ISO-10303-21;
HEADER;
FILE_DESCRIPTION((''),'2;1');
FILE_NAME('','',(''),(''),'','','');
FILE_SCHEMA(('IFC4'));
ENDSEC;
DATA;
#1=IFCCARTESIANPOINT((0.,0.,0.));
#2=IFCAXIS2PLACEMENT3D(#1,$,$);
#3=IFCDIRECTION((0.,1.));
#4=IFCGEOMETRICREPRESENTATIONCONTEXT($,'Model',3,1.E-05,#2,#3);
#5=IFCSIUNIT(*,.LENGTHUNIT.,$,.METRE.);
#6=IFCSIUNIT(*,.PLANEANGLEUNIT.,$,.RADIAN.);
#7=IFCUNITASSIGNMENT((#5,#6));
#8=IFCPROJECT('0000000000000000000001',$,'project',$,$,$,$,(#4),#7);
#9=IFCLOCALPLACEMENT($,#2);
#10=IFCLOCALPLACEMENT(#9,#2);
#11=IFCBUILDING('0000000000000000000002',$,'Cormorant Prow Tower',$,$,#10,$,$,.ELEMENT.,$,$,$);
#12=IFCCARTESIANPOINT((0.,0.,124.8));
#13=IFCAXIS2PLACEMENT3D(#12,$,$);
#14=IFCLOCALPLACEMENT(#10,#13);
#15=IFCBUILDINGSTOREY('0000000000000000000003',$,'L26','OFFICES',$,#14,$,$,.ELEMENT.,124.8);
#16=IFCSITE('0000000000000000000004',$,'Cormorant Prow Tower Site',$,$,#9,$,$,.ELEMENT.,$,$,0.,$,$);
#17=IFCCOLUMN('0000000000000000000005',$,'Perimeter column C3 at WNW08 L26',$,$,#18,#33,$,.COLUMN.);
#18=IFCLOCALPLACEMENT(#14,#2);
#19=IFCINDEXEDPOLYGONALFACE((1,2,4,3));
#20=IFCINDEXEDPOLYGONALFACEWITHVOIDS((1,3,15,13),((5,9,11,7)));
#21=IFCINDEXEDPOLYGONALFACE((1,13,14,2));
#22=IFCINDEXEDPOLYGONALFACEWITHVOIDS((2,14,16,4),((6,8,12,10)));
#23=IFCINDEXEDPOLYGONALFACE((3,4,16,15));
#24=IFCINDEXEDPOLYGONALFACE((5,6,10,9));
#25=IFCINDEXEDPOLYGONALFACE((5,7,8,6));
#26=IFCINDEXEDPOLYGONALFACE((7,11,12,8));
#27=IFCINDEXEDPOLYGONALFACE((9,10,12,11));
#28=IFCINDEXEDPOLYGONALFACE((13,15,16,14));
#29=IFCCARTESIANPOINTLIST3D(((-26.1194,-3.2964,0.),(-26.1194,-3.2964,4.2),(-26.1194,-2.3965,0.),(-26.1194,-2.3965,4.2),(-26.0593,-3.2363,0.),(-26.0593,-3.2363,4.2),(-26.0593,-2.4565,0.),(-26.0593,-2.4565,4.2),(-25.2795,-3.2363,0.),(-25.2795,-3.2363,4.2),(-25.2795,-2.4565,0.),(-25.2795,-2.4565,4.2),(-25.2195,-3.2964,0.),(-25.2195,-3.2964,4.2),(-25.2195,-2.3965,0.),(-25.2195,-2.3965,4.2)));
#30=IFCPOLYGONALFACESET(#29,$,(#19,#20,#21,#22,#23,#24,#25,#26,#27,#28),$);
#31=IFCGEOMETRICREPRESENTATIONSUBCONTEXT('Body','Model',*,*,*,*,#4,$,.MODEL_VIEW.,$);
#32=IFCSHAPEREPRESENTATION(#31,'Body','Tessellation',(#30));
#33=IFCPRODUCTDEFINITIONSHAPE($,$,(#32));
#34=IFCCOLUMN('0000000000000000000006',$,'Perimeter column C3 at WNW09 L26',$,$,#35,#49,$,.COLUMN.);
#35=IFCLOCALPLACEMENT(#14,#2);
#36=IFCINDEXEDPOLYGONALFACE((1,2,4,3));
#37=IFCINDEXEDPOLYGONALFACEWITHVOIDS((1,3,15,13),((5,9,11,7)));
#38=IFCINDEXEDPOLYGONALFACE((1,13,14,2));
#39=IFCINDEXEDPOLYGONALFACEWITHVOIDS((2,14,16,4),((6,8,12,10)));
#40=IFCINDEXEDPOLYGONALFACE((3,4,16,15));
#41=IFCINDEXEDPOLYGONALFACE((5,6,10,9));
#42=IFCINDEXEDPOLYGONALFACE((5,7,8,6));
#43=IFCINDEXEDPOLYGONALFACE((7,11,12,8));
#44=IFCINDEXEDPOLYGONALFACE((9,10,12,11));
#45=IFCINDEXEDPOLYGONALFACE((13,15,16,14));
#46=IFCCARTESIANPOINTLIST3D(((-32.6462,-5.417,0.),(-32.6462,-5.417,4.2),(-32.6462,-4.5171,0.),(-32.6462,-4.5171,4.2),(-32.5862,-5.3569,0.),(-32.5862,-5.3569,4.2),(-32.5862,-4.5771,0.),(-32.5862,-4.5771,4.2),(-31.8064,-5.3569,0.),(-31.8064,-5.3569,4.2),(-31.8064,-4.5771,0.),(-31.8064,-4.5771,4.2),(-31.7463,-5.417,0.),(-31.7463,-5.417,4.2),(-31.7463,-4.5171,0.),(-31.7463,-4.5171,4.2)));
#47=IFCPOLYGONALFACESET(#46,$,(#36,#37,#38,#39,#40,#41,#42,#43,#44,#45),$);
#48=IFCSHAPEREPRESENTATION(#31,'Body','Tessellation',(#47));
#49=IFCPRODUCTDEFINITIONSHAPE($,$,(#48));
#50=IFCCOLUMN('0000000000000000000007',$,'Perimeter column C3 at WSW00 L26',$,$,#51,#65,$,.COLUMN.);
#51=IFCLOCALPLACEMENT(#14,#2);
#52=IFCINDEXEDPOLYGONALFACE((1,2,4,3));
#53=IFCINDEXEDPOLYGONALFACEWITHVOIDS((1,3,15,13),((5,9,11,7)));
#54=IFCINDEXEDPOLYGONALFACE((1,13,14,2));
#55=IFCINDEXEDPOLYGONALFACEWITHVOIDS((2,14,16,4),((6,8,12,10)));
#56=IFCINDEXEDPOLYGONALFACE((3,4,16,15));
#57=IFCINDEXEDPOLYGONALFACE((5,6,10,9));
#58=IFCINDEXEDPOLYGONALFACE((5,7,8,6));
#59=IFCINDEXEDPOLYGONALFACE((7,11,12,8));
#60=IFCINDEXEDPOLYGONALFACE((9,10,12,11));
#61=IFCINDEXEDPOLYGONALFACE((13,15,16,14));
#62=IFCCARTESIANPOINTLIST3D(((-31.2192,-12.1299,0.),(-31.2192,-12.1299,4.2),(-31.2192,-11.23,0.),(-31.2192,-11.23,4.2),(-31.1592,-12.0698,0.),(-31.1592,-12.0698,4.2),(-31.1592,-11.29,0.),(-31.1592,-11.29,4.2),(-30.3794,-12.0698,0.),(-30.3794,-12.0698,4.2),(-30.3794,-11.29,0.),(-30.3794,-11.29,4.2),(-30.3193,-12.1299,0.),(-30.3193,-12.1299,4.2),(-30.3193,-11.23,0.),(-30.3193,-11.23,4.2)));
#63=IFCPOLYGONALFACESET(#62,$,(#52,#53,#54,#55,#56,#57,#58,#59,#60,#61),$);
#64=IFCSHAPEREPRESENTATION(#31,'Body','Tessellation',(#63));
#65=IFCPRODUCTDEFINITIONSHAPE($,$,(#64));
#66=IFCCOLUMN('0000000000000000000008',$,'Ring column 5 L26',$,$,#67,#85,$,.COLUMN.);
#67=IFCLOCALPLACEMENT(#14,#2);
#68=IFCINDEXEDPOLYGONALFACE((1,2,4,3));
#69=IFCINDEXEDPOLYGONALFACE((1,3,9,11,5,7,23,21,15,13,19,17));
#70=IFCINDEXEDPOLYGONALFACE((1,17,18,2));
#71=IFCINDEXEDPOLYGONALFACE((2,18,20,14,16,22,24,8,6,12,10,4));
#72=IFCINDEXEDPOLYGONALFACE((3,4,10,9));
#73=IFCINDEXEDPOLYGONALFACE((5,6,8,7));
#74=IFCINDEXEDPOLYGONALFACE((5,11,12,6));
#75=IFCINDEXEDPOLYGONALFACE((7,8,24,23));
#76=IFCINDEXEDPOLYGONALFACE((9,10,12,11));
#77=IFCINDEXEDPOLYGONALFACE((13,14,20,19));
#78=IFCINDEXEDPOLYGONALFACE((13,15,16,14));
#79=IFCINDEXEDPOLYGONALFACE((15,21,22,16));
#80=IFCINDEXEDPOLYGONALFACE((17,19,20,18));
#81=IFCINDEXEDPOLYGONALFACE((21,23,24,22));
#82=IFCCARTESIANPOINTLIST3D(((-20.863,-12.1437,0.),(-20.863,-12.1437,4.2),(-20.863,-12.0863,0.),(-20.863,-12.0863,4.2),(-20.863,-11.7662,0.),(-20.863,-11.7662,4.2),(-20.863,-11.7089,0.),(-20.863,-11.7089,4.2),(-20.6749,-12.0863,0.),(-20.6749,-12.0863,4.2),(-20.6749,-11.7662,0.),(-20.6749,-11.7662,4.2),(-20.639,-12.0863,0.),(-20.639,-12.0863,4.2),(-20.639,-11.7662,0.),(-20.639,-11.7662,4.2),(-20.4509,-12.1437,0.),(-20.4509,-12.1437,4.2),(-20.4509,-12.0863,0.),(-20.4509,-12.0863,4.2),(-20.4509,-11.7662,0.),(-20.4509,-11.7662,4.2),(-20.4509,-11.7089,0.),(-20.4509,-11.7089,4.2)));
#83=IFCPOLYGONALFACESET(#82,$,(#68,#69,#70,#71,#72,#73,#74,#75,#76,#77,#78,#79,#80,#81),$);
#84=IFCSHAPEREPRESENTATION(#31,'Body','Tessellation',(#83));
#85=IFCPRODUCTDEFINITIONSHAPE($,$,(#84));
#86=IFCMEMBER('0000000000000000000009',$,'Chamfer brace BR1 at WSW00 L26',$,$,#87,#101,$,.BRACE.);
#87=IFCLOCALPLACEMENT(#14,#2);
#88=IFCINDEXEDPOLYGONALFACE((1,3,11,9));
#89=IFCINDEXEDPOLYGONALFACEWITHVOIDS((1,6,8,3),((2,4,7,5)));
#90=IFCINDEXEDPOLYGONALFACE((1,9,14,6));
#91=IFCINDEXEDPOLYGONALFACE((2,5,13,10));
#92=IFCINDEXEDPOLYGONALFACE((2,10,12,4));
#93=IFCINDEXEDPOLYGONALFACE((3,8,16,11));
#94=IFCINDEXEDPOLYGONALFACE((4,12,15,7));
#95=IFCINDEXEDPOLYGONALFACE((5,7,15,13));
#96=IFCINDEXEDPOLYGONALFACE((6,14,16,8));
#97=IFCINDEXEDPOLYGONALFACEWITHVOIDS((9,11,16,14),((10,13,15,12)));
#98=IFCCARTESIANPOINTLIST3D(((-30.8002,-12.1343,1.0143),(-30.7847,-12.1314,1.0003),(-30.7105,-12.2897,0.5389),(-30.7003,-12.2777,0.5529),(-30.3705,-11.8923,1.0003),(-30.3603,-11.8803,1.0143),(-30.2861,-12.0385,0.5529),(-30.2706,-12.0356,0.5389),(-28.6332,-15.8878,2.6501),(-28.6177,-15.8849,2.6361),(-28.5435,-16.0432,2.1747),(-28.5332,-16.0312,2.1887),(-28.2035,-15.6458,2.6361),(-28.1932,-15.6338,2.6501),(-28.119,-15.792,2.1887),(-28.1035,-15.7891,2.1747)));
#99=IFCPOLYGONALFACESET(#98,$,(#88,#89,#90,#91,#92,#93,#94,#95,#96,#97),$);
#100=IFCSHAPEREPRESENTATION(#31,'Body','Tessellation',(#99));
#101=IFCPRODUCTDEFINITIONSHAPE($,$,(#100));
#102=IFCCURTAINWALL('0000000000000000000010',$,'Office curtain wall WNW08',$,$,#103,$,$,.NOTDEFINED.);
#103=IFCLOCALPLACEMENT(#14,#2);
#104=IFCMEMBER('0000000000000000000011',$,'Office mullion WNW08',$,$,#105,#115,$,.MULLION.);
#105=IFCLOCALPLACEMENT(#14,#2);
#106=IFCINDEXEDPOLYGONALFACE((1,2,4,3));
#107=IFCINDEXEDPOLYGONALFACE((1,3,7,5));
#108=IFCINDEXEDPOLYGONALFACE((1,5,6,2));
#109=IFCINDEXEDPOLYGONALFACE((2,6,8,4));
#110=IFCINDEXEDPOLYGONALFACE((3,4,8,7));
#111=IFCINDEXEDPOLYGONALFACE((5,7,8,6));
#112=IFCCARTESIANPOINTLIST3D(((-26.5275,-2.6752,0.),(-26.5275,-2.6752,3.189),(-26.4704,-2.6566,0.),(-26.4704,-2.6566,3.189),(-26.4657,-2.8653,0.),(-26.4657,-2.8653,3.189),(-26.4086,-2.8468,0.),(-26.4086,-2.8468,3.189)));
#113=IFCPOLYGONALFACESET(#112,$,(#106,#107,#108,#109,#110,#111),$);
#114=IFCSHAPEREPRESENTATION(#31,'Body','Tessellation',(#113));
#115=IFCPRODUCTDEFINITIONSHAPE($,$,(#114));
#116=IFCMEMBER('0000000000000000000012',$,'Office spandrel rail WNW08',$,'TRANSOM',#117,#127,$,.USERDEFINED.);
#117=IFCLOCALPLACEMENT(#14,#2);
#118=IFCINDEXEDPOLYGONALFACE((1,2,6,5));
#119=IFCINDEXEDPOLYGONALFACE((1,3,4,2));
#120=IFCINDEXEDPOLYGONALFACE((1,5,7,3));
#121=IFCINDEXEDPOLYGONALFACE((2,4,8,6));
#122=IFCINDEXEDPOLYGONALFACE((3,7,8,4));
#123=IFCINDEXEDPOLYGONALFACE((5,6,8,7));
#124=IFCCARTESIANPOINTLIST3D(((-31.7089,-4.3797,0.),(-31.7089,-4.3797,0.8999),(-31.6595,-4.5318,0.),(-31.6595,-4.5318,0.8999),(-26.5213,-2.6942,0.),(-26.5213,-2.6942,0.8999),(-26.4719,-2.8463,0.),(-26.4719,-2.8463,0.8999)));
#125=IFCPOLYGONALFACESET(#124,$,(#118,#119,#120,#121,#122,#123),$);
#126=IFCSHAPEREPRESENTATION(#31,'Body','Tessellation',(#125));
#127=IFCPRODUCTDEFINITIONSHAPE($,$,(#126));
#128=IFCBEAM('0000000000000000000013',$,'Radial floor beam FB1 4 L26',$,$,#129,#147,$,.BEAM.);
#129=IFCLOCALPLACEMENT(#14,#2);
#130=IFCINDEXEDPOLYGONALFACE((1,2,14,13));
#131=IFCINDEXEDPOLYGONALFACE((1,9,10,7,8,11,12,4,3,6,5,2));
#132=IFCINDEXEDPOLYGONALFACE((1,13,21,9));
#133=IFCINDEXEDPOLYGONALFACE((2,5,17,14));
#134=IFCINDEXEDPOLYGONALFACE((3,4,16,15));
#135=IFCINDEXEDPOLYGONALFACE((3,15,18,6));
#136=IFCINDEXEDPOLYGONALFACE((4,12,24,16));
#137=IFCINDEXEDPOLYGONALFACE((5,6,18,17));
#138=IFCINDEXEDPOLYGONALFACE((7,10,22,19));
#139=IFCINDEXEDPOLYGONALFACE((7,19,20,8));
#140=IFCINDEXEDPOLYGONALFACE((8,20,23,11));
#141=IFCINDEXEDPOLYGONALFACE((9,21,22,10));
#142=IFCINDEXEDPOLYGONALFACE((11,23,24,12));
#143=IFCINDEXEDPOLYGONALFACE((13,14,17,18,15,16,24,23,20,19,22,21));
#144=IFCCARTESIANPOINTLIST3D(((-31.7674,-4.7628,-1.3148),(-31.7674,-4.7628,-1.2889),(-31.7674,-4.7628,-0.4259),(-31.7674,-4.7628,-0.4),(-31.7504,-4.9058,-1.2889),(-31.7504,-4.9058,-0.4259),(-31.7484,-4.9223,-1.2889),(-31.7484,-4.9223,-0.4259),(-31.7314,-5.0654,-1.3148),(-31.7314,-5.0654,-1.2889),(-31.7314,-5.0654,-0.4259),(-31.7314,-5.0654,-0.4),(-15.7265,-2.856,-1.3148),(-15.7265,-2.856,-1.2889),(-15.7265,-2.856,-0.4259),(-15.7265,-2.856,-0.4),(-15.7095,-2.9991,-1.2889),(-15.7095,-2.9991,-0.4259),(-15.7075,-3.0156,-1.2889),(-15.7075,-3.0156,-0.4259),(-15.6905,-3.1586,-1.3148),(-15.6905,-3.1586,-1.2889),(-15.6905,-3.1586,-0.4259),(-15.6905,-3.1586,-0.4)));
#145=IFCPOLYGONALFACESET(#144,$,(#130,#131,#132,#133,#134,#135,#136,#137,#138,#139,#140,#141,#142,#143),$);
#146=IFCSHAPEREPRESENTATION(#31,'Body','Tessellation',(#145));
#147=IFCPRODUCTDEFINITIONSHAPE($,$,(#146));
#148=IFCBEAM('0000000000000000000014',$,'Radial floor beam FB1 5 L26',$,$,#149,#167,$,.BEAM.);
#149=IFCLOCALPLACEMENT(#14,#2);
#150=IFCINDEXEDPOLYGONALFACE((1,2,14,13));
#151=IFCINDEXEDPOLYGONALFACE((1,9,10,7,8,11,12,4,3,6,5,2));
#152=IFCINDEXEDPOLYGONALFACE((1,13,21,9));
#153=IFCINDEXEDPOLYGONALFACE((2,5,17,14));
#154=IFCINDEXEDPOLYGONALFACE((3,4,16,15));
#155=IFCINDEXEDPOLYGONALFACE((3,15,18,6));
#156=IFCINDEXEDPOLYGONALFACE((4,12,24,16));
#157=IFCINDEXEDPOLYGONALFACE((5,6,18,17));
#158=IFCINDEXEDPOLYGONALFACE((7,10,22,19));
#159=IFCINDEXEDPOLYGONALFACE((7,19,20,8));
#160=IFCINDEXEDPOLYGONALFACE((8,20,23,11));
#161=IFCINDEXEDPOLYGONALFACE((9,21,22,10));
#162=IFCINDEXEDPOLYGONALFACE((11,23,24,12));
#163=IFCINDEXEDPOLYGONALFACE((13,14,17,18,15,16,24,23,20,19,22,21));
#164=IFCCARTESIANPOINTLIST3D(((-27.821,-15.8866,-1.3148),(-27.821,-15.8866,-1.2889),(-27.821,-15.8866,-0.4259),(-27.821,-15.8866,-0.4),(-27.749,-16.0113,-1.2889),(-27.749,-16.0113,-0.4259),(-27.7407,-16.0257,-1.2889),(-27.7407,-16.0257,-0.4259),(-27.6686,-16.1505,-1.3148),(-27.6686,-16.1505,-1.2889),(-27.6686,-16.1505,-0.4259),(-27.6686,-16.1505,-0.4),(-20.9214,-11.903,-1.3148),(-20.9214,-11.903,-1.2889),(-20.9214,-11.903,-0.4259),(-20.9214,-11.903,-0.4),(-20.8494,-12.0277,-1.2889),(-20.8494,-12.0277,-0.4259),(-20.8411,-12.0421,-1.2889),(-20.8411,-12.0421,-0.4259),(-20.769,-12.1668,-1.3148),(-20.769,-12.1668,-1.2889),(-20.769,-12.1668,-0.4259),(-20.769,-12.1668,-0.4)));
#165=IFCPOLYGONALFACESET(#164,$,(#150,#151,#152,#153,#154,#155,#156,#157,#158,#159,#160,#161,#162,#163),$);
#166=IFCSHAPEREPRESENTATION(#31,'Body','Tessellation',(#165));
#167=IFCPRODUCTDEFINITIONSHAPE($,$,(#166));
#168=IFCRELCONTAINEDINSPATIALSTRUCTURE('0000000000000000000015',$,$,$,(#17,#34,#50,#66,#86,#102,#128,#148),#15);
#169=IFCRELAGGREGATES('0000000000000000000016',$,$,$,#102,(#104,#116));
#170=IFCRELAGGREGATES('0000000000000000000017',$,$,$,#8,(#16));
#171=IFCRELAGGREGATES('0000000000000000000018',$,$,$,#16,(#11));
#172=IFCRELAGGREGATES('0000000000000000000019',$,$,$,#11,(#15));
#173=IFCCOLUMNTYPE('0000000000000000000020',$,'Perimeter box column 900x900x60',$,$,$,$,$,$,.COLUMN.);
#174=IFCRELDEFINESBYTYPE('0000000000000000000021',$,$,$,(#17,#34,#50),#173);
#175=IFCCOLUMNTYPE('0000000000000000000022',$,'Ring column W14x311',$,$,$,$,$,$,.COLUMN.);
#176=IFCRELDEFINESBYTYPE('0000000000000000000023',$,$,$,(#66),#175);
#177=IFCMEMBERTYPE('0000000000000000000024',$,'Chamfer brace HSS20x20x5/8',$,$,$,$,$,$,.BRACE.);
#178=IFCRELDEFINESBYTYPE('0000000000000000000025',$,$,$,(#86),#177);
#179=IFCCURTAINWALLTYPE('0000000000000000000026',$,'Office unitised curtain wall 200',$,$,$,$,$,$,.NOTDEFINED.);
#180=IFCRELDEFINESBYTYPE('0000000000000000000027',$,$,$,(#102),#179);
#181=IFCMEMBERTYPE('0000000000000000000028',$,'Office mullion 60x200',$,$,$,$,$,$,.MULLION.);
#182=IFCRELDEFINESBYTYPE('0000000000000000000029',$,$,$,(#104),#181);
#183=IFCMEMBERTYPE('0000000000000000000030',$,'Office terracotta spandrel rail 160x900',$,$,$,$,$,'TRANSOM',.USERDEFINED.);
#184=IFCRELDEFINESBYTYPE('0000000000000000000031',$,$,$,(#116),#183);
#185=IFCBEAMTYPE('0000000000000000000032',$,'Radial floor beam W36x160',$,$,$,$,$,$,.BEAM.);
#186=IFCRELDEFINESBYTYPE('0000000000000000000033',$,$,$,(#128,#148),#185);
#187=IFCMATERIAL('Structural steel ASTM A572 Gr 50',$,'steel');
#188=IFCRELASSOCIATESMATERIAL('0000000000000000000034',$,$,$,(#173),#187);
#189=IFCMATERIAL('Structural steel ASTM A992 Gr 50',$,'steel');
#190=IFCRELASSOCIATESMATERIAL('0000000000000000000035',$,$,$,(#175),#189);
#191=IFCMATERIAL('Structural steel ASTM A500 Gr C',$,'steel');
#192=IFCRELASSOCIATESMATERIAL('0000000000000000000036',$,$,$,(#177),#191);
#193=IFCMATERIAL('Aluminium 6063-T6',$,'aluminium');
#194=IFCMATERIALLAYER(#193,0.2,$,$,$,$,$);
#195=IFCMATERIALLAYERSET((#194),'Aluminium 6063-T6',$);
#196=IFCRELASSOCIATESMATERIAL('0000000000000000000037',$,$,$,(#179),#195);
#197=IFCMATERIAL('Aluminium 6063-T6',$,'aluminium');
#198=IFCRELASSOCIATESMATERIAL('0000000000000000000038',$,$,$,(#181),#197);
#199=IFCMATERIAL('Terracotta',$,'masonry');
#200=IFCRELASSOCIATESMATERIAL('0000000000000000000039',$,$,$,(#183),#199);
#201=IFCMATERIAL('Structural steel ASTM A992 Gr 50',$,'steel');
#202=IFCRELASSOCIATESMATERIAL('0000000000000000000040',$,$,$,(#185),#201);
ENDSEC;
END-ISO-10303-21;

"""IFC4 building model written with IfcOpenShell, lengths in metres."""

from ifc_helpers import new_model, si_unit, direction, frame, origin, origin_2d, place, context, subcontext, project, spatial, rectangle, hollow_rectangle, i_section, extrude, material, layer, layer_set, material_profile, profile_set, type_object, element, aggregate, save


model = new_model("IFC4")

# Units and contexts
model_context = context("Model", 3, precision=1e-05, world=origin(), true_north=direction((0.0, 1.0)))
body_context = subcontext(model_context, "Body", "Model", "MODEL_VIEW")
ifc_project = project(units=[si_unit("LENGTHUNIT", "METRE"), si_unit("PLANEANGLEUNIT", "RADIAN")], contexts=[model_context])

# Site, building, storey
site_placement = place(None, origin())
site = spatial("IfcSite", under=ifc_project, at=site_placement, Name="Cormorant Prow Tower Site", CompositionType="ELEMENT", RefElevation=0.0)
building_placement = place(site_placement, origin())
building = spatial("IfcBuilding", under=site, at=building_placement, Name="Cormorant Prow Tower", CompositionType="ELEMENT")
storey_placement = place(building_placement, frame((0.0, 0.0, 124.8)))
storey = spatial("IfcBuildingStorey", under=building, at=storey_placement, Name="L26", Description="OFFICES", CompositionType="ELEMENT", Elevation=124.8)

# Columns
ifc_material_1 = material(Name="Structural steel ASTM A572 Gr 50", Category="steel")
ifc_material_profile_1 = material_profile(ifc_material_1, hollow_rectangle(XDim=0.8999, YDim=0.8999, WallThickness=0.0601, at=origin_2d()), Name="Box 900x900x60")
ifc_profile_set_1 = profile_set([ifc_material_profile_1], Name="Structural steel ASTM A572 Gr 50")
column_type_1 = type_object("IfcColumnType", Name="Perimeter box column 900x900x60", PredefinedType="COLUMN", material=ifc_profile_set_1)
for number, where, z_axis, x_axis, name in (
    (1, (-25.6694, -2.8464, 0.0), (0.0, 0.0, 1.0), (1.0, 0.0, 0.0), "Perimeter column C3 at WNW08 L26"),
    (2, (-32.1963, -4.967, 0.0), (0.0, 0.0, 1.0), (1.0, 0.0, 0.0), "Perimeter column C3 at WNW09 L26"),
    (3, (-30.7693, -11.6799, 0.0), (0.0, 0.0, 1.0), (1.0, 0.0, 0.0), "Perimeter column C3 at WSW00 L26"),
):
    element("IfcColumn", number, at=place(storey_placement, frame(where, z_axis=z_axis, x_axis=x_axis)), inside=storey, type_object=column_type_1, Name=name, PredefinedType="COLUMN", context=body_context, shape_type="SweptSolid", body=[
        extrude(hollow_rectangle(XDim=0.8999, YDim=0.8999, WallThickness=0.0601, at=origin_2d()), origin(), (0.0, 0.0, 1.0), 4.2),
    ])
ifc_material_2 = material(Name="Structural steel ASTM A992 Gr 50", Category="steel")
ifc_material_profile_2 = material_profile(ifc_material_2, i_section(OverallWidth=0.4121, OverallDepth=0.4348, WebThickness=0.0359, FlangeThickness=0.0574, at=origin_2d()), Name="W14x311")
ifc_profile_set_2 = profile_set([ifc_material_profile_2], Name="Structural steel ASTM A992 Gr 50")
column_type_2 = type_object("IfcColumnType", Name="Ring column W14x311", PredefinedType="COLUMN", material=ifc_profile_set_2)
column_placement = place(storey_placement, frame((-20.657, -11.9263, 0.0), z_axis=(0.0, 0.0, 1.0), x_axis=(1.0, 0.0, 0.0)))
element("IfcColumn", 4, at=column_placement, inside=storey, type_object=column_type_2, Name="Ring column 5 L26", PredefinedType="COLUMN", context=body_context, shape_type="SweptSolid", body=[
    extrude(i_section(OverallWidth=0.4121, OverallDepth=0.4348, WebThickness=0.0359, FlangeThickness=0.0574, at=origin_2d()), origin(), (0.0, 0.0, 1.0), 4.2),
])

# Member
ifc_material_3 = material(Name="Structural steel ASTM A500 Gr C", Category="steel")
ifc_material_profile_3 = material_profile(ifc_material_3, hollow_rectangle(XDim=0.5081, YDim=0.5081, WallThickness=0.0149, at=origin_2d()), Name="HSS20x20x5/8")
ifc_profile_set_3 = profile_set([ifc_material_profile_3], Name="Structural steel ASTM A500 Gr C")
member_type_1 = type_object("IfcMemberType", Name="Chamfer brace HSS20x20x5/8", PredefinedType="BRACE", material=ifc_profile_set_3)
member_1_placement = place(storey_placement, frame((-30.5354, -12.085, 0.7766), z_axis=(0.467785, -0.810244, 0.353105), x_axis=(0.86603, 0.499992, 0.0)))
element("IfcMember", 5, at=member_1_placement, inside=storey, type_object=member_type_1, Name="Chamfer brace BR1 at WSW00 L26", PredefinedType="BRACE", context=body_context, shape_type="SweptSolid", body=[
    extrude(hollow_rectangle(XDim=0.5081, YDim=0.5081, WallThickness=0.0149, at=origin_2d()), origin(), (0.0, 0.0, 1.0), 4.6326),
])

# Curtain wall, members
ifc_material_4 = material(Name="Aluminium 6063-T6", Category="aluminium")
ifc_layer_1 = layer(ifc_material_4, 0.2)
ifc_layer_set_1 = layer_set([ifc_layer_1], Name="Aluminium 6063-T6")
curtain_wall_type = type_object("IfcCurtainWallType", Name="Office unitised curtain wall 200", PredefinedType="NOTDEFINED", material=ifc_layer_set_1)
curtain_wall_placement = place(storey_placement, origin())
curtain_wall = element("IfcCurtainWall", 6, at=curtain_wall_placement, inside=storey, type_object=curtain_wall_type, Name="Office curtain wall WNW08", PredefinedType="NOTDEFINED")
ifc_material_5 = material(Name="Aluminium 6063-T6", Category="aluminium")
ifc_material_profile_4 = material_profile(ifc_material_5, rectangle(XDim=0.2, YDim=0.0601, at=origin_2d()), Name="Office mullion 60x200")
ifc_profile_set_4 = profile_set([ifc_material_profile_4], Name="Aluminium 6063-T6")
member_type_2 = type_object("IfcMemberType", Name="Office mullion 60x200", PredefinedType="MULLION", material=ifc_profile_set_4)
member_2_placement = place(storey_placement, frame((-26.468, -2.761, 0.0), z_axis=(0.0, 0.0, 1.0), x_axis=(0.309017, -0.951056, 0.0)))
member_2 = element("IfcMember", 7, at=member_2_placement, type_object=member_type_2, Name="Office mullion WNW08", PredefinedType="MULLION", context=body_context, shape_type="SweptSolid", body=[
    extrude(rectangle(XDim=0.2, YDim=0.0601, at=origin_2d()), origin(), (0.0, 0.0, 1.0), 3.189),
])
ifc_material_6 = material(Name="Terracotta", Category="masonry")
ifc_material_profile_5 = material_profile(ifc_material_6, rectangle(XDim=0.1599, YDim=0.8999, at=origin_2d()), Name="Office terracotta spandrel rail 160x900")
ifc_profile_set_5 = profile_set([ifc_material_profile_5], Name="Terracotta")
member_type_3 = type_object("IfcMemberType", Name="Office terracotta spandrel rail 160x900", ElementType="TRANSOM", PredefinedType="USERDEFINED", material=ifc_profile_set_5)
member_3_placement = place(storey_placement, frame((-26.4966, -2.7703, 0.45), z_axis=(-0.951059, -0.309008, 0.0), x_axis=(0.309008, -0.951059, 0.0)))
member_3 = element("IfcMember", 8, at=member_3_placement, type_object=member_type_3, Name="Office spandrel rail WNW08", ObjectType="TRANSOM", PredefinedType="USERDEFINED", context=body_context, shape_type="SweptSolid", body=[
    extrude(rectangle(XDim=0.1599, YDim=0.8999, at=origin_2d()), origin(), (0.0, 0.0, 1.0), 5.4546),
])

# Beams
ifc_material_7 = material(Name="Structural steel ASTM A992 Gr 50", Category="steel")
ifc_material_profile_6 = material_profile(ifc_material_7, i_section(OverallWidth=0.3047, OverallDepth=0.9148, WebThickness=0.0166, FlangeThickness=0.0259, at=origin_2d()), Name="W36x160")
ifc_profile_set_6 = profile_set([ifc_material_profile_6], Name="Structural steel ASTM A992 Gr 50")
beam_type_1 = type_object("IfcBeamType", Name="Radial floor beam W36x160", PredefinedType="BEAM", material=ifc_profile_set_6)
beam_1_placement = place(storey_placement, frame((-15.7085, -3.0073, -0.8574), z_axis=(-0.993009, -0.118037, 0.0), x_axis=(0.118037, -0.993009, 0.0)))
element("IfcBeam", 9, at=beam_1_placement, inside=storey, type_object=beam_type_1, Name="Radial floor beam FB1 4 L26", PredefinedType="BEAM", context=body_context, shape_type="SweptSolid", body=[
    extrude(i_section(OverallWidth=0.3047, OverallDepth=0.9148, WebThickness=0.0166, FlangeThickness=0.0259, at=origin_2d()), origin(), (0.0, 0.0, 1.0), 16.1538),
])
beam_2_placement = place(storey_placement, frame((-20.8452, -12.0349, -0.8574), z_axis=(-0.866019, -0.500012, 0.0), x_axis=(0.500012, -0.866019, 0.0)))
element("IfcBeam", 10, at=beam_2_placement, inside=storey, type_object=beam_type_1, Name="Radial floor beam FB1 5 L26", PredefinedType="BEAM", context=body_context, shape_type="SweptSolid", body=[
    extrude(i_section(OverallWidth=0.3047, OverallDepth=0.9148, WebThickness=0.0166, FlangeThickness=0.0259, at=origin_2d()), origin(), (0.0, 0.0, 1.0), 7.967),
])

aggregate(curtain_wall, [member_2, member_3])

save(model, "model.ifc")
